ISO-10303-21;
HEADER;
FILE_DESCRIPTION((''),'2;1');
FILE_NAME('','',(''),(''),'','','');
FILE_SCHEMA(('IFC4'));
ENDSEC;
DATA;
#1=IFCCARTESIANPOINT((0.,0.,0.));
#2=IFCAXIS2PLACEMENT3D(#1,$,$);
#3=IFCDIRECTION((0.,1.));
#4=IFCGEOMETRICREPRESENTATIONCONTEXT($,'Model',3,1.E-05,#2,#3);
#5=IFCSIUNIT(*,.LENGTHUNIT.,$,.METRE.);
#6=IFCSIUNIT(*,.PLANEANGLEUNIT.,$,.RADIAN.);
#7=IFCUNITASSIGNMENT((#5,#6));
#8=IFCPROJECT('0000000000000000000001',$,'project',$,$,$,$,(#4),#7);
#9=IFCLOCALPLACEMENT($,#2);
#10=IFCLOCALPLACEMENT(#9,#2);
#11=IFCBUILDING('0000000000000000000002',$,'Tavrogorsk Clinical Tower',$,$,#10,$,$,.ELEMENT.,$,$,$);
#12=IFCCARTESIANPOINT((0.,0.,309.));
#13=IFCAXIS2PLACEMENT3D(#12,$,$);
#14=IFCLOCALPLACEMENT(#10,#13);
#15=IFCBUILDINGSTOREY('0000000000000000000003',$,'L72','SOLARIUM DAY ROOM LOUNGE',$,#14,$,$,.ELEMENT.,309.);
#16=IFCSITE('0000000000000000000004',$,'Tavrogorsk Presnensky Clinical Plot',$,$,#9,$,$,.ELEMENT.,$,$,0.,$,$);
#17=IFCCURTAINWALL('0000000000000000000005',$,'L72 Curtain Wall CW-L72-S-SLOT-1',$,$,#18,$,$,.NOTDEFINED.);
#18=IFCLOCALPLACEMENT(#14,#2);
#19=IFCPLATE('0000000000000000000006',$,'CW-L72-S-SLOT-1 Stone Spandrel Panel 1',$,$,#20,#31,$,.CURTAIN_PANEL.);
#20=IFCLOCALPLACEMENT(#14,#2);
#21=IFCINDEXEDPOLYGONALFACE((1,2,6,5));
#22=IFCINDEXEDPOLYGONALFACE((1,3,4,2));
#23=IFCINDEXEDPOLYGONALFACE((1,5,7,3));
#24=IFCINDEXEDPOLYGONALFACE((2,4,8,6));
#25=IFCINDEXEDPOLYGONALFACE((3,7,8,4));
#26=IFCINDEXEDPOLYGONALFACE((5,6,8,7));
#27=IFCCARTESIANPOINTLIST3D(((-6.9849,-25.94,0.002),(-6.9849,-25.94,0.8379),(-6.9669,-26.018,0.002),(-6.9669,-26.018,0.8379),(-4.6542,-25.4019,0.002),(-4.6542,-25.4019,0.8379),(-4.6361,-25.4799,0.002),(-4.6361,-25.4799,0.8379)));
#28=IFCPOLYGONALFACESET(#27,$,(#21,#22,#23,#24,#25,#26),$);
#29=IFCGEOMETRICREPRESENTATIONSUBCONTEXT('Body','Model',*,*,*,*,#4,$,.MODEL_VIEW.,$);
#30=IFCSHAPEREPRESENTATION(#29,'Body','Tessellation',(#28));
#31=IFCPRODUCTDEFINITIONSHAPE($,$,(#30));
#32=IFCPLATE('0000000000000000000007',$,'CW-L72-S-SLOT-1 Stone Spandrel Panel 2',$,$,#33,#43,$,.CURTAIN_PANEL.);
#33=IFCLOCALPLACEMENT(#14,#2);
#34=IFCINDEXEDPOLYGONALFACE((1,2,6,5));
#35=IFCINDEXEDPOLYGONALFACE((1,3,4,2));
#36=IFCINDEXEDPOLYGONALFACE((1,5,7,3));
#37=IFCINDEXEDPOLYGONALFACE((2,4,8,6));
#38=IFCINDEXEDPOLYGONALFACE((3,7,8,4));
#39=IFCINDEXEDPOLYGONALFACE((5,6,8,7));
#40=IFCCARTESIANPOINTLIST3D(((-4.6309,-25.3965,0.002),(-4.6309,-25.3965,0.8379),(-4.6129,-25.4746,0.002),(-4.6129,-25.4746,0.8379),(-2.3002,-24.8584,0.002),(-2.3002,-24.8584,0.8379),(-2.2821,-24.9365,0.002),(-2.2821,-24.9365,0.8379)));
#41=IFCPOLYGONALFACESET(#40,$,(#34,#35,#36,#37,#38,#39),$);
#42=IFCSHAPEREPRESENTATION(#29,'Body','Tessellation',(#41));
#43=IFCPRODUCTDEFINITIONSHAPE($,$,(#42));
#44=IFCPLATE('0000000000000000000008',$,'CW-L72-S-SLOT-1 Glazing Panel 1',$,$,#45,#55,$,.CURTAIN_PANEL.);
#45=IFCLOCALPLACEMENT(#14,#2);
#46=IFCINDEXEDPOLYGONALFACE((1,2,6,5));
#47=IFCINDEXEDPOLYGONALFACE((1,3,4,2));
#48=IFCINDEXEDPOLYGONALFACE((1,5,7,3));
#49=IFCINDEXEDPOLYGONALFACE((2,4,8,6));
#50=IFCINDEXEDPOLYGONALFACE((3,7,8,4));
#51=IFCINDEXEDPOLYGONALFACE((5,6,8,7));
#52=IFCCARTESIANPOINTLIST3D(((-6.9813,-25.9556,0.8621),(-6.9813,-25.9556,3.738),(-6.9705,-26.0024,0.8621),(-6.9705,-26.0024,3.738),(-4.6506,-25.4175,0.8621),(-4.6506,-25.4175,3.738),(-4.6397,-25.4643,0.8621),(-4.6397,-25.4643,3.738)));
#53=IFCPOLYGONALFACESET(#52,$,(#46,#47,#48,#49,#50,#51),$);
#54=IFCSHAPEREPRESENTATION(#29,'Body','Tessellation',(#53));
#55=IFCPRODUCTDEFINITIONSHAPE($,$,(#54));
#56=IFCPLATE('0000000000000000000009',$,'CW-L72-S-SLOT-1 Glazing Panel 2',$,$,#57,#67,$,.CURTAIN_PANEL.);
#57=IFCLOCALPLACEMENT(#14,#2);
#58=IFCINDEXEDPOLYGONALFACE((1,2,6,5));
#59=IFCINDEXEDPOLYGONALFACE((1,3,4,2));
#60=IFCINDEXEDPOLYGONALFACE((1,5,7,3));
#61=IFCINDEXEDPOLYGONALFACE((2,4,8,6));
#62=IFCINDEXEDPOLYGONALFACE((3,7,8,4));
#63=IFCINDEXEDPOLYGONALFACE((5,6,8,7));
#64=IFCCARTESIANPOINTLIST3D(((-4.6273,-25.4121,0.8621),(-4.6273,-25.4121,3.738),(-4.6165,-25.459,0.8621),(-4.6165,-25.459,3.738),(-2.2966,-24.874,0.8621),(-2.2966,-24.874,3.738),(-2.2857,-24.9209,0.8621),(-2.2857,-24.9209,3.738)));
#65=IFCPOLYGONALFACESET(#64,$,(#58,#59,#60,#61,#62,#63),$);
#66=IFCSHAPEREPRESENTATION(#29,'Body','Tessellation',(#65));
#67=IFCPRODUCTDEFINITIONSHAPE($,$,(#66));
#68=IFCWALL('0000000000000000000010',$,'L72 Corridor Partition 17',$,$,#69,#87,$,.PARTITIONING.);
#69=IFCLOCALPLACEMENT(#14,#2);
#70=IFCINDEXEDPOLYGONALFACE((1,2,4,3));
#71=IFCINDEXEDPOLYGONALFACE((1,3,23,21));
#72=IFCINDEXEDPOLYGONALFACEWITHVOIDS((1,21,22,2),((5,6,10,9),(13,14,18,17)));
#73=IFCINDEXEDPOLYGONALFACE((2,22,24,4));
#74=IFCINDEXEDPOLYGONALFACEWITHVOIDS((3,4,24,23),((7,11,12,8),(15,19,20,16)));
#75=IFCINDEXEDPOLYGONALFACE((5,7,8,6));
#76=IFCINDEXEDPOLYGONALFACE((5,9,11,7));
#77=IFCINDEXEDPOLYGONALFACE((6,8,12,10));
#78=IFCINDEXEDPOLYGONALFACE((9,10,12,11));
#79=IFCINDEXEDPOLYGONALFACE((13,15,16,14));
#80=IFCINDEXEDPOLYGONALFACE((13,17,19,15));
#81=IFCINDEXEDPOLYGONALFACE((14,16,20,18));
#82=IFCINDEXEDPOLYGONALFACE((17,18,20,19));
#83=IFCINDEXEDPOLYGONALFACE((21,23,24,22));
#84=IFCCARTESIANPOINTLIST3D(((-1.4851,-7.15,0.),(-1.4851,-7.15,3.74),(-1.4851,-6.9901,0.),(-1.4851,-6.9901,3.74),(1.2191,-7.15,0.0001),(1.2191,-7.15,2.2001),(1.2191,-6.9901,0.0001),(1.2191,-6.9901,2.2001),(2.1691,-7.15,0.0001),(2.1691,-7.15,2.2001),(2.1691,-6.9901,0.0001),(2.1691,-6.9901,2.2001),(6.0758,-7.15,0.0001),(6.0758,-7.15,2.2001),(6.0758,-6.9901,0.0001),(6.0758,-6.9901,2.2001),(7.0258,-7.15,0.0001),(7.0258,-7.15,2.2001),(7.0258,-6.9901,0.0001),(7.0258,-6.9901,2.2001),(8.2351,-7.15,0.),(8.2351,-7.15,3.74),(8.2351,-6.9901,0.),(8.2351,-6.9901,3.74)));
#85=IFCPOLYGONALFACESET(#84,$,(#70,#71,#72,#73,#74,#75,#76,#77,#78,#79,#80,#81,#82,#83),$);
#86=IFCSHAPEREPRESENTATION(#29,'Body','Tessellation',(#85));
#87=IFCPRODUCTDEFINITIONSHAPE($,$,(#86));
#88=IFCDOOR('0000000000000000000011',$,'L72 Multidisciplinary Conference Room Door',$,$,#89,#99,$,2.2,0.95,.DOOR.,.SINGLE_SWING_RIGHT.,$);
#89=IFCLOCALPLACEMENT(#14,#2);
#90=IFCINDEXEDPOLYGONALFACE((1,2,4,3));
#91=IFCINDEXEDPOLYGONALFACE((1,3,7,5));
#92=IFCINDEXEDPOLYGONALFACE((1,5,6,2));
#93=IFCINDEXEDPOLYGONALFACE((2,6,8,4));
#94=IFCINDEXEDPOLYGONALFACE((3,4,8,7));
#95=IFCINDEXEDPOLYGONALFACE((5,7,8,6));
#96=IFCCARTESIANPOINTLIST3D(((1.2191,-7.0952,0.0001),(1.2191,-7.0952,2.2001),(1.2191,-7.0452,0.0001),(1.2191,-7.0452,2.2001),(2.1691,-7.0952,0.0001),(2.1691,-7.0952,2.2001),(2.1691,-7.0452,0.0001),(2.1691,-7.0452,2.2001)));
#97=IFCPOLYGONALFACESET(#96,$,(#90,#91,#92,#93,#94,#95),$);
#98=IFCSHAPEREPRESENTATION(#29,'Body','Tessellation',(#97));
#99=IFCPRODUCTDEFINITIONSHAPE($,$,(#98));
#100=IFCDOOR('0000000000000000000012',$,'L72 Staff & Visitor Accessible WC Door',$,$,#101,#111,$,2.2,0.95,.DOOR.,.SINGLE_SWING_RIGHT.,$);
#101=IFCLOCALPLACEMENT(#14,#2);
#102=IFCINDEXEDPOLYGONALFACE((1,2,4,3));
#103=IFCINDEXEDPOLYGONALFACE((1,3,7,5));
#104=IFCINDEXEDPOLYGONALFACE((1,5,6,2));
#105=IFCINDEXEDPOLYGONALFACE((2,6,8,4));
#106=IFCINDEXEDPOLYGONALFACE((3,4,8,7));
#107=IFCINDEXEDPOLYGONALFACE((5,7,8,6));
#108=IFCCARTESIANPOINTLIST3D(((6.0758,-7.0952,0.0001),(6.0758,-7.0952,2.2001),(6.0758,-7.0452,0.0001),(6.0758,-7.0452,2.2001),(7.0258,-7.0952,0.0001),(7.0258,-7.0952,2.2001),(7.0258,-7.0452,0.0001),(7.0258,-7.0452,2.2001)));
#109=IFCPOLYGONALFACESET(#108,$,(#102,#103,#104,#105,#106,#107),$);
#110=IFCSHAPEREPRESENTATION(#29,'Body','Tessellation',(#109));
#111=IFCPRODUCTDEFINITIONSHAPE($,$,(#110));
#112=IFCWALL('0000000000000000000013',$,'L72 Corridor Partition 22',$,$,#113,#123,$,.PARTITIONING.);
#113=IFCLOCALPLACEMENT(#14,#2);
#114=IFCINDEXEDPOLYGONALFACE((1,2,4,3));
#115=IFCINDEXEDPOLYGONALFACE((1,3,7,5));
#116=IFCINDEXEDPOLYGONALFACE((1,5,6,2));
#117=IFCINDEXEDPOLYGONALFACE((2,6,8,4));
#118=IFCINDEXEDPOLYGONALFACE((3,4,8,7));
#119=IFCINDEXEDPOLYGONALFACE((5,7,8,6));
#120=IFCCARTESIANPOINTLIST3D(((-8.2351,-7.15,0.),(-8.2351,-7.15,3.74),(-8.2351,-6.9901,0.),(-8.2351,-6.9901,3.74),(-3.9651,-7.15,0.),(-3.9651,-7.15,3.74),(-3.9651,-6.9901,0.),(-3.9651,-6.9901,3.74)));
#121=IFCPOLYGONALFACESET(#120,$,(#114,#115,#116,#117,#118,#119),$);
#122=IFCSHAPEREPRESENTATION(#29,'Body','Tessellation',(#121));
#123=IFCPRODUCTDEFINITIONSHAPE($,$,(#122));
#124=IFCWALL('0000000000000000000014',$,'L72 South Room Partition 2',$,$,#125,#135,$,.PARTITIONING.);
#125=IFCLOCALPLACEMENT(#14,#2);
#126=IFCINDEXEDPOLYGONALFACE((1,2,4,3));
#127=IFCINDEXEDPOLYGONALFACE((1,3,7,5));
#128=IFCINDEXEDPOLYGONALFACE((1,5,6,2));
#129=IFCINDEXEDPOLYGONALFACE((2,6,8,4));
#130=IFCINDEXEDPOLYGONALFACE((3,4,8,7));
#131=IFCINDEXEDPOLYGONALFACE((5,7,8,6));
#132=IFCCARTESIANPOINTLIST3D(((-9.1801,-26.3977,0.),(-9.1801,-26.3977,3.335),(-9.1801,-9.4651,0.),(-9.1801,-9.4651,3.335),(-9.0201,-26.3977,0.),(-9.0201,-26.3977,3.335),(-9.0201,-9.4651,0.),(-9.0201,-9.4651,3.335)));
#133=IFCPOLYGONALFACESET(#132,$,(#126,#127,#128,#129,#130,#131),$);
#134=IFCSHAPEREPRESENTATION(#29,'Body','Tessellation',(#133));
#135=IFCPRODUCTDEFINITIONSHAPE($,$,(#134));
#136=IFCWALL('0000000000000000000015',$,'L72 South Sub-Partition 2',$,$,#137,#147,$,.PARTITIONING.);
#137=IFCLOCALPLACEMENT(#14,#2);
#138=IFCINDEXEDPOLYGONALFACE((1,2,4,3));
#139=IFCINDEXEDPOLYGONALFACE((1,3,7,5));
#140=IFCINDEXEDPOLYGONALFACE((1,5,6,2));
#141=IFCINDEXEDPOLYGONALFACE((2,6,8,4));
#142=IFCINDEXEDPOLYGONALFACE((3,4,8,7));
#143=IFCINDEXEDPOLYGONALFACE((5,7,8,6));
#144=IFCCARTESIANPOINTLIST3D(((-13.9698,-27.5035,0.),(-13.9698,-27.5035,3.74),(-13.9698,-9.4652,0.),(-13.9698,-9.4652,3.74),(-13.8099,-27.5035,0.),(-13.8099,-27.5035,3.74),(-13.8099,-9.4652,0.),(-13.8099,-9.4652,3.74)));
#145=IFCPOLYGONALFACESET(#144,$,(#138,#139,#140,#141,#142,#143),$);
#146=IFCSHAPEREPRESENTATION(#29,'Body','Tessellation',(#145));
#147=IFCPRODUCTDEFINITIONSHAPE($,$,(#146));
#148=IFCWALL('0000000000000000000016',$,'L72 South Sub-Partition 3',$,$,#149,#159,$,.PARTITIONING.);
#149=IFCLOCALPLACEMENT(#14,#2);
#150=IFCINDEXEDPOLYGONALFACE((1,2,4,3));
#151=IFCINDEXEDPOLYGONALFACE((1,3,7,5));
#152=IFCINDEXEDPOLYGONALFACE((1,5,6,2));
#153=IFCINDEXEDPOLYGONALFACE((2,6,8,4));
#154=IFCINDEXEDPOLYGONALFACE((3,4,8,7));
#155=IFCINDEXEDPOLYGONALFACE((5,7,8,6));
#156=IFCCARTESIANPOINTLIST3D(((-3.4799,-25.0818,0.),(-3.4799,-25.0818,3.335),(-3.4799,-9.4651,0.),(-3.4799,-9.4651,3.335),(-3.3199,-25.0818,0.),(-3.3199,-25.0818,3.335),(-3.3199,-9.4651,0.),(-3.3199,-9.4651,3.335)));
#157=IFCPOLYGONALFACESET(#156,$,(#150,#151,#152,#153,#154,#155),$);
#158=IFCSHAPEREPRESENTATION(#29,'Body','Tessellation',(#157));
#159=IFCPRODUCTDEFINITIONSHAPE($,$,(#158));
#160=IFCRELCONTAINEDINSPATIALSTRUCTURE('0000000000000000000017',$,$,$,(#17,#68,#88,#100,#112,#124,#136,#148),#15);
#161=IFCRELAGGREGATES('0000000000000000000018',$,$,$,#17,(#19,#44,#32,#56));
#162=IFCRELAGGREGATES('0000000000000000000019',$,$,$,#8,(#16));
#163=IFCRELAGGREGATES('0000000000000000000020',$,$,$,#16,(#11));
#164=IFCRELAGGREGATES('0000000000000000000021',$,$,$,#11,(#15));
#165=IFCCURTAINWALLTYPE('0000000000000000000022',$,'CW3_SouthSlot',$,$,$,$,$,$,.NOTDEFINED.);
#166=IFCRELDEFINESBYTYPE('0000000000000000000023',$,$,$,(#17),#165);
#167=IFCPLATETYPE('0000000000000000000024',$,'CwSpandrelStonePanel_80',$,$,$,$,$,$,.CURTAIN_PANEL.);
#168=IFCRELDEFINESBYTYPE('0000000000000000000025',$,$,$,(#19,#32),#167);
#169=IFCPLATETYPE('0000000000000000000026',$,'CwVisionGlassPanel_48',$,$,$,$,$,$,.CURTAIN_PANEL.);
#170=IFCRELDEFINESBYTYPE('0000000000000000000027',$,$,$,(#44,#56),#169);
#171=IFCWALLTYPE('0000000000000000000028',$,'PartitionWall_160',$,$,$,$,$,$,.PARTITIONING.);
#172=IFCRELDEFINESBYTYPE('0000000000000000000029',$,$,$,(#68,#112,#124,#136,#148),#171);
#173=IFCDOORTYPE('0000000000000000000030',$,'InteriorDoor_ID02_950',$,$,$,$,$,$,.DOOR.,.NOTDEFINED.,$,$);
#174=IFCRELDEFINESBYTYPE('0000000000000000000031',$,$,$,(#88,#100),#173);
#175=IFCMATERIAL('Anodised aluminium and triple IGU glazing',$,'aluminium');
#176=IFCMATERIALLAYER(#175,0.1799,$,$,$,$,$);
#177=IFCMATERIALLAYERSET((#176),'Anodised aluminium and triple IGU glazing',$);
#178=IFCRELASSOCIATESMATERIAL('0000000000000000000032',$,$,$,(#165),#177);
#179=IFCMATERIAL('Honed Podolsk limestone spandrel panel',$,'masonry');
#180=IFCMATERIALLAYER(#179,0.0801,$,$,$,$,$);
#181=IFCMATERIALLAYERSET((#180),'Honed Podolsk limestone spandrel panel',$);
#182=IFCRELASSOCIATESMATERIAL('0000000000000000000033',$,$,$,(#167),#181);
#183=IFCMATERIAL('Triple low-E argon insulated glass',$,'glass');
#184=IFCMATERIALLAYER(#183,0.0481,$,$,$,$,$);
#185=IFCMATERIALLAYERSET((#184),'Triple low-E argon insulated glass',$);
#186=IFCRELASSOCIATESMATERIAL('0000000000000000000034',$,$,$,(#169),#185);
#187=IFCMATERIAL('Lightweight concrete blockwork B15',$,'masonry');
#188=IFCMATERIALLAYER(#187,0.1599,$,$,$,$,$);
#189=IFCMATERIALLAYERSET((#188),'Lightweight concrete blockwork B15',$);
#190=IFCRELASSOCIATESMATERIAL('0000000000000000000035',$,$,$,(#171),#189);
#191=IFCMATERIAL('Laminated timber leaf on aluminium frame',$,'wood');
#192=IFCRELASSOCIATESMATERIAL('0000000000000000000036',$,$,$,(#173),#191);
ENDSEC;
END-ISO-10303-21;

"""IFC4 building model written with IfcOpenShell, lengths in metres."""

from ifc_helpers import new_model, si_unit, direction, frame, frame_2d, origin, origin_2d, place, context, subcontext, project, spatial, rectangle, extrude, material, layer, layer_set, type_object, element, fill, aggregate, save


model = new_model("IFC4")

# Units and contexts
model_context = context("Model", 3, precision=1e-05, world=origin(), true_north=direction((0.0, 1.0)))
body_context = subcontext(model_context, "Body", "Model", "MODEL_VIEW")
ifc_project = project(units=[si_unit("LENGTHUNIT", "METRE"), si_unit("PLANEANGLEUNIT", "RADIAN")], contexts=[model_context])

# Site, building, storey
site_placement = place(None, origin())
site = spatial("IfcSite", under=ifc_project, at=site_placement, Name="Tavrogorsk Presnensky Clinical Plot", CompositionType="ELEMENT", RefElevation=0.0)
building_placement = place(site_placement, origin())
building = spatial("IfcBuilding", under=site, at=building_placement, Name="Tavrogorsk Clinical Tower", CompositionType="ELEMENT")
storey_placement = place(building_placement, frame((0.0, 0.0, 309.0)))
storey = spatial("IfcBuildingStorey", under=building, at=storey_placement, Name="L72", Description="SOLARIUM DAY ROOM LOUNGE", CompositionType="ELEMENT", Elevation=309.0)

# Curtain wall
ifc_material_1 = material(Name="Anodised aluminium and triple IGU glazing", Category="aluminium")
ifc_layer_1 = layer(ifc_material_1, 0.1799)
ifc_layer_set_1 = layer_set([ifc_layer_1], Name="Anodised aluminium and triple IGU glazing")
curtain_wall_type = type_object("IfcCurtainWallType", Name="CW3_SouthSlot", PredefinedType="NOTDEFINED", material=ifc_layer_set_1)
curtain_wall_placement = place(storey_placement, origin())
curtain_wall = element("IfcCurtainWall", 1, at=curtain_wall_placement, inside=storey, type_object=curtain_wall_type, Name="L72 Curtain Wall CW-L72-S-SLOT-1", PredefinedType="NOTDEFINED")

# Plates
ifc_material_2 = material(Name="Honed Podolsk limestone spandrel panel", Category="masonry")
ifc_layer_2 = layer(ifc_material_2, 0.0801)
ifc_layer_set_2 = layer_set([ifc_layer_2], Name="Honed Podolsk limestone spandrel panel")
plate_type_1 = type_object("IfcPlateType", Name="CwSpandrelStonePanel_80", PredefinedType="CURTAIN_PANEL", material=ifc_layer_set_2)
plate_1_placement = place(storey_placement, frame((-5.8105, -25.71, 0.002), z_axis=(0.0, 0.0, 1.0), x_axis=(0.97437, 0.224951, 0.0)))
plate_1 = element("IfcPlate", 2, at=plate_1_placement, type_object=plate_type_1, Name="CW-L72-S-SLOT-1 Stone Spandrel Panel 1", PredefinedType="CURTAIN_PANEL", context=body_context, shape_type="SweptSolid", body=[
    extrude(rectangle(XDim=2.3921, YDim=0.0801, at=origin_2d()), origin(), (0.0, 0.0, 1.0), 0.8359),
])
plate_2_placement = place(storey_placement, frame((-3.4565, -25.1665, 0.002), z_axis=(0.0, 0.0, 1.0), x_axis=(0.97437, 0.224951, 0.0)))
plate_2 = element("IfcPlate", 3, at=plate_2_placement, type_object=plate_type_1, Name="CW-L72-S-SLOT-1 Stone Spandrel Panel 2", PredefinedType="CURTAIN_PANEL", context=body_context, shape_type="SweptSolid", body=[
    extrude(rectangle(XDim=2.3921, YDim=0.0801, at=origin_2d()), origin(), (0.0, 0.0, 1.0), 0.8359),
])
ifc_material_3 = material(Name="Triple low-E argon insulated glass", Category="glass")
ifc_layer_3 = layer(ifc_material_3, 0.0481)
ifc_layer_set_3 = layer_set([ifc_layer_3], Name="Triple low-E argon insulated glass")
plate_type_2 = type_object("IfcPlateType", Name="CwVisionGlassPanel_48", PredefinedType="CURTAIN_PANEL", material=ifc_layer_set_3)
plate_3_placement = place(storey_placement, frame((-5.8105, -25.71, 0.8621), z_axis=(0.0, 0.0, 1.0), x_axis=(0.97437, 0.224951, 0.0)))
plate_3 = element("IfcPlate", 4, at=plate_3_placement, type_object=plate_type_2, Name="CW-L72-S-SLOT-1 Glazing Panel 1", PredefinedType="CURTAIN_PANEL", context=body_context, shape_type="SweptSolid", body=[
    extrude(rectangle(XDim=2.3921, YDim=0.0481, at=origin_2d()), origin(), (0.0, 0.0, 1.0), 2.876),
])
plate_4_placement = place(storey_placement, frame((-3.4565, -25.1665, 0.8621), z_axis=(0.0, 0.0, 1.0), x_axis=(0.97437, 0.224951, 0.0)))
plate_4 = element("IfcPlate", 5, at=plate_4_placement, type_object=plate_type_2, Name="CW-L72-S-SLOT-1 Glazing Panel 2", PredefinedType="CURTAIN_PANEL", context=body_context, shape_type="SweptSolid", body=[
    extrude(rectangle(XDim=2.3921, YDim=0.0481, at=origin_2d()), origin(), (0.0, 0.0, 1.0), 2.876),
])
aggregate(curtain_wall, [plate_1, plate_3, plate_2, plate_4])

# Wall, openings, doors
ifc_material_4 = material(Name="Lightweight concrete blockwork B15", Category="masonry")
ifc_layer_4 = layer(ifc_material_4, 0.1599)
ifc_layer_set_4 = layer_set([ifc_layer_4], Name="Lightweight concrete blockwork B15")
wall_type_1 = type_object("IfcWallType", Name="PartitionWall_160", PredefinedType="PARTITIONING", material=ifc_layer_set_4)
wall_1_placement = place(storey_placement, frame((-1.4851, -7.0701, 0.0), z_axis=(0.0, 0.0, 1.0), x_axis=(1.0, 0.0, 0.0)))
wall_1 = element("IfcWall", 6, at=wall_1_placement, inside=storey, type_object=wall_type_1, Name="L72 Corridor Partition 17", PredefinedType="PARTITIONING", context=body_context, shape_type="SweptSolid", body=[
    extrude(rectangle(XDim=9.7202, YDim=0.1599, at=frame_2d((4.8601, 0.0))), origin(), (0.0, 0.0, 1.0), 3.74),
])
opening_1_placement = place(wall_1_placement, frame((2.7041, 0.0, 0.0)))
opening_1 = element("IfcOpeningElement", 7, at=opening_1_placement, cuts=wall_1, PredefinedType="OPENING", context=body_context, shape_type="SweptSolid", body=[
    extrude(rectangle(XDim=0.95, YDim=2.2, at=frame_2d((0.4751, 1.1001))), frame((0.0, 0.0898, 0.0), z_axis=(0.0, -1.0, 0.0), x_axis=(1.0, 0.0, 0.0)), (0.0, 0.0, 1.0), 0.1799),
])
opening_2_placement = place(wall_1_placement, frame((7.5608, 0.0, 0.0)))
opening_2 = element("IfcOpeningElement", 8, at=opening_2_placement, cuts=wall_1, PredefinedType="OPENING", context=body_context, shape_type="SweptSolid", body=[
    extrude(rectangle(XDim=0.95, YDim=2.2, at=frame_2d((0.4751, 1.1001))), frame((0.0, 0.0898, 0.0), z_axis=(0.0, -1.0, 0.0), x_axis=(1.0, 0.0, 0.0)), (0.0, 0.0, 1.0), 0.1799),
])
ifc_material_5 = material(Name="Laminated timber leaf on aluminium frame", Category="wood")
door_type = type_object("IfcDoorType", Name="InteriorDoor_ID02_950", OperationType="NOTDEFINED", PredefinedType="DOOR", material=ifc_material_5)
door_1_placement = place(opening_1_placement, origin())
door_1 = element("IfcDoor", 9, at=door_1_placement, inside=storey, type_object=door_type, Name="L72 Multidisciplinary Conference Room Door", OperationType="SINGLE_SWING_RIGHT", OverallHeight=2.2, OverallWidth=0.95, PredefinedType="DOOR", context=body_context, shape_type="SweptSolid", body=[
    extrude(rectangle(XDim=0.95, YDim=2.2, at=frame_2d((0.4751, 1.1001))), frame((0.0, 0.0249, 0.0), z_axis=(0.0, -1.0, 0.0), x_axis=(1.0, 0.0, 0.0)), (0.0, 0.0, 1.0), 0.05),
])
fill(opening_1, door_1)
door_2_placement = place(opening_2_placement, origin())
door_2 = element("IfcDoor", 10, at=door_2_placement, inside=storey, type_object=door_type, Name="L72 Staff & Visitor Accessible WC Door", OperationType="SINGLE_SWING_RIGHT", OverallHeight=2.2, OverallWidth=0.95, PredefinedType="DOOR", context=body_context, shape_type="SweptSolid", body=[
    extrude(rectangle(XDim=0.95, YDim=2.2, at=frame_2d((0.4751, 1.1001))), frame((0.0, 0.0249, 0.0), z_axis=(0.0, -1.0, 0.0), x_axis=(1.0, 0.0, 0.0)), (0.0, 0.0, 1.0), 0.05),
])
fill(opening_2, door_2)

# Walls
wall_2_placement = place(storey_placement, frame((-8.2351, -7.0701, 0.0), z_axis=(0.0, 0.0, 1.0), x_axis=(1.0, 0.0, 0.0)))
element("IfcWall", 11, at=wall_2_placement, inside=storey, type_object=wall_type_1, Name="L72 Corridor Partition 22", PredefinedType="PARTITIONING", context=body_context, shape_type="SweptSolid", body=[
    extrude(rectangle(XDim=4.27, YDim=0.1599, at=frame_2d((2.135, 0.0))), origin(), (0.0, 0.0, 1.0), 3.74),
])
wall_3_placement = place(storey_placement, frame((-9.1001, -26.3977, 0.0), z_axis=(0.0, 0.0, 1.0), x_axis=(0.0, 1.0, 0.0)))
element("IfcWall", 12, at=wall_3_placement, inside=storey, type_object=wall_type_1, Name="L72 South Room Partition 2", PredefinedType="PARTITIONING", context=body_context, shape_type="SweptSolid", body=[
    extrude(rectangle(XDim=16.9326, YDim=0.1599, at=frame_2d((8.4663, 0.0))), origin(), (0.0, 0.0, 1.0), 3.335),
])
wall_4_placement = place(storey_placement, frame((-13.8899, -27.5034, 0.0), z_axis=(0.0, 0.0, 1.0), x_axis=(0.0, 1.0, 0.0)))
element("IfcWall", 13, at=wall_4_placement, inside=storey, type_object=wall_type_1, Name="L72 South Sub-Partition 2", PredefinedType="PARTITIONING", context=body_context, shape_type="SweptSolid", body=[
    extrude(rectangle(XDim=18.0383, YDim=0.1599, at=frame_2d((9.019, 0.0))), origin(), (0.0, 0.0, 1.0), 3.74),
])
wall_5_placement = place(storey_placement, frame((-3.3999, -25.0818, 0.0), z_axis=(0.0, 0.0, 1.0), x_axis=(0.0, 1.0, 0.0)))
element("IfcWall", 14, at=wall_5_placement, inside=storey, type_object=wall_type_1, Name="L72 South Sub-Partition 3", PredefinedType="PARTITIONING", context=body_context, shape_type="SweptSolid", body=[
    extrude(rectangle(XDim=15.6167, YDim=0.1599, at=frame_2d((7.8083, 0.0))), origin(), (0.0, 0.0, 1.0), 3.335),
])

save(model, "model.ifc")
